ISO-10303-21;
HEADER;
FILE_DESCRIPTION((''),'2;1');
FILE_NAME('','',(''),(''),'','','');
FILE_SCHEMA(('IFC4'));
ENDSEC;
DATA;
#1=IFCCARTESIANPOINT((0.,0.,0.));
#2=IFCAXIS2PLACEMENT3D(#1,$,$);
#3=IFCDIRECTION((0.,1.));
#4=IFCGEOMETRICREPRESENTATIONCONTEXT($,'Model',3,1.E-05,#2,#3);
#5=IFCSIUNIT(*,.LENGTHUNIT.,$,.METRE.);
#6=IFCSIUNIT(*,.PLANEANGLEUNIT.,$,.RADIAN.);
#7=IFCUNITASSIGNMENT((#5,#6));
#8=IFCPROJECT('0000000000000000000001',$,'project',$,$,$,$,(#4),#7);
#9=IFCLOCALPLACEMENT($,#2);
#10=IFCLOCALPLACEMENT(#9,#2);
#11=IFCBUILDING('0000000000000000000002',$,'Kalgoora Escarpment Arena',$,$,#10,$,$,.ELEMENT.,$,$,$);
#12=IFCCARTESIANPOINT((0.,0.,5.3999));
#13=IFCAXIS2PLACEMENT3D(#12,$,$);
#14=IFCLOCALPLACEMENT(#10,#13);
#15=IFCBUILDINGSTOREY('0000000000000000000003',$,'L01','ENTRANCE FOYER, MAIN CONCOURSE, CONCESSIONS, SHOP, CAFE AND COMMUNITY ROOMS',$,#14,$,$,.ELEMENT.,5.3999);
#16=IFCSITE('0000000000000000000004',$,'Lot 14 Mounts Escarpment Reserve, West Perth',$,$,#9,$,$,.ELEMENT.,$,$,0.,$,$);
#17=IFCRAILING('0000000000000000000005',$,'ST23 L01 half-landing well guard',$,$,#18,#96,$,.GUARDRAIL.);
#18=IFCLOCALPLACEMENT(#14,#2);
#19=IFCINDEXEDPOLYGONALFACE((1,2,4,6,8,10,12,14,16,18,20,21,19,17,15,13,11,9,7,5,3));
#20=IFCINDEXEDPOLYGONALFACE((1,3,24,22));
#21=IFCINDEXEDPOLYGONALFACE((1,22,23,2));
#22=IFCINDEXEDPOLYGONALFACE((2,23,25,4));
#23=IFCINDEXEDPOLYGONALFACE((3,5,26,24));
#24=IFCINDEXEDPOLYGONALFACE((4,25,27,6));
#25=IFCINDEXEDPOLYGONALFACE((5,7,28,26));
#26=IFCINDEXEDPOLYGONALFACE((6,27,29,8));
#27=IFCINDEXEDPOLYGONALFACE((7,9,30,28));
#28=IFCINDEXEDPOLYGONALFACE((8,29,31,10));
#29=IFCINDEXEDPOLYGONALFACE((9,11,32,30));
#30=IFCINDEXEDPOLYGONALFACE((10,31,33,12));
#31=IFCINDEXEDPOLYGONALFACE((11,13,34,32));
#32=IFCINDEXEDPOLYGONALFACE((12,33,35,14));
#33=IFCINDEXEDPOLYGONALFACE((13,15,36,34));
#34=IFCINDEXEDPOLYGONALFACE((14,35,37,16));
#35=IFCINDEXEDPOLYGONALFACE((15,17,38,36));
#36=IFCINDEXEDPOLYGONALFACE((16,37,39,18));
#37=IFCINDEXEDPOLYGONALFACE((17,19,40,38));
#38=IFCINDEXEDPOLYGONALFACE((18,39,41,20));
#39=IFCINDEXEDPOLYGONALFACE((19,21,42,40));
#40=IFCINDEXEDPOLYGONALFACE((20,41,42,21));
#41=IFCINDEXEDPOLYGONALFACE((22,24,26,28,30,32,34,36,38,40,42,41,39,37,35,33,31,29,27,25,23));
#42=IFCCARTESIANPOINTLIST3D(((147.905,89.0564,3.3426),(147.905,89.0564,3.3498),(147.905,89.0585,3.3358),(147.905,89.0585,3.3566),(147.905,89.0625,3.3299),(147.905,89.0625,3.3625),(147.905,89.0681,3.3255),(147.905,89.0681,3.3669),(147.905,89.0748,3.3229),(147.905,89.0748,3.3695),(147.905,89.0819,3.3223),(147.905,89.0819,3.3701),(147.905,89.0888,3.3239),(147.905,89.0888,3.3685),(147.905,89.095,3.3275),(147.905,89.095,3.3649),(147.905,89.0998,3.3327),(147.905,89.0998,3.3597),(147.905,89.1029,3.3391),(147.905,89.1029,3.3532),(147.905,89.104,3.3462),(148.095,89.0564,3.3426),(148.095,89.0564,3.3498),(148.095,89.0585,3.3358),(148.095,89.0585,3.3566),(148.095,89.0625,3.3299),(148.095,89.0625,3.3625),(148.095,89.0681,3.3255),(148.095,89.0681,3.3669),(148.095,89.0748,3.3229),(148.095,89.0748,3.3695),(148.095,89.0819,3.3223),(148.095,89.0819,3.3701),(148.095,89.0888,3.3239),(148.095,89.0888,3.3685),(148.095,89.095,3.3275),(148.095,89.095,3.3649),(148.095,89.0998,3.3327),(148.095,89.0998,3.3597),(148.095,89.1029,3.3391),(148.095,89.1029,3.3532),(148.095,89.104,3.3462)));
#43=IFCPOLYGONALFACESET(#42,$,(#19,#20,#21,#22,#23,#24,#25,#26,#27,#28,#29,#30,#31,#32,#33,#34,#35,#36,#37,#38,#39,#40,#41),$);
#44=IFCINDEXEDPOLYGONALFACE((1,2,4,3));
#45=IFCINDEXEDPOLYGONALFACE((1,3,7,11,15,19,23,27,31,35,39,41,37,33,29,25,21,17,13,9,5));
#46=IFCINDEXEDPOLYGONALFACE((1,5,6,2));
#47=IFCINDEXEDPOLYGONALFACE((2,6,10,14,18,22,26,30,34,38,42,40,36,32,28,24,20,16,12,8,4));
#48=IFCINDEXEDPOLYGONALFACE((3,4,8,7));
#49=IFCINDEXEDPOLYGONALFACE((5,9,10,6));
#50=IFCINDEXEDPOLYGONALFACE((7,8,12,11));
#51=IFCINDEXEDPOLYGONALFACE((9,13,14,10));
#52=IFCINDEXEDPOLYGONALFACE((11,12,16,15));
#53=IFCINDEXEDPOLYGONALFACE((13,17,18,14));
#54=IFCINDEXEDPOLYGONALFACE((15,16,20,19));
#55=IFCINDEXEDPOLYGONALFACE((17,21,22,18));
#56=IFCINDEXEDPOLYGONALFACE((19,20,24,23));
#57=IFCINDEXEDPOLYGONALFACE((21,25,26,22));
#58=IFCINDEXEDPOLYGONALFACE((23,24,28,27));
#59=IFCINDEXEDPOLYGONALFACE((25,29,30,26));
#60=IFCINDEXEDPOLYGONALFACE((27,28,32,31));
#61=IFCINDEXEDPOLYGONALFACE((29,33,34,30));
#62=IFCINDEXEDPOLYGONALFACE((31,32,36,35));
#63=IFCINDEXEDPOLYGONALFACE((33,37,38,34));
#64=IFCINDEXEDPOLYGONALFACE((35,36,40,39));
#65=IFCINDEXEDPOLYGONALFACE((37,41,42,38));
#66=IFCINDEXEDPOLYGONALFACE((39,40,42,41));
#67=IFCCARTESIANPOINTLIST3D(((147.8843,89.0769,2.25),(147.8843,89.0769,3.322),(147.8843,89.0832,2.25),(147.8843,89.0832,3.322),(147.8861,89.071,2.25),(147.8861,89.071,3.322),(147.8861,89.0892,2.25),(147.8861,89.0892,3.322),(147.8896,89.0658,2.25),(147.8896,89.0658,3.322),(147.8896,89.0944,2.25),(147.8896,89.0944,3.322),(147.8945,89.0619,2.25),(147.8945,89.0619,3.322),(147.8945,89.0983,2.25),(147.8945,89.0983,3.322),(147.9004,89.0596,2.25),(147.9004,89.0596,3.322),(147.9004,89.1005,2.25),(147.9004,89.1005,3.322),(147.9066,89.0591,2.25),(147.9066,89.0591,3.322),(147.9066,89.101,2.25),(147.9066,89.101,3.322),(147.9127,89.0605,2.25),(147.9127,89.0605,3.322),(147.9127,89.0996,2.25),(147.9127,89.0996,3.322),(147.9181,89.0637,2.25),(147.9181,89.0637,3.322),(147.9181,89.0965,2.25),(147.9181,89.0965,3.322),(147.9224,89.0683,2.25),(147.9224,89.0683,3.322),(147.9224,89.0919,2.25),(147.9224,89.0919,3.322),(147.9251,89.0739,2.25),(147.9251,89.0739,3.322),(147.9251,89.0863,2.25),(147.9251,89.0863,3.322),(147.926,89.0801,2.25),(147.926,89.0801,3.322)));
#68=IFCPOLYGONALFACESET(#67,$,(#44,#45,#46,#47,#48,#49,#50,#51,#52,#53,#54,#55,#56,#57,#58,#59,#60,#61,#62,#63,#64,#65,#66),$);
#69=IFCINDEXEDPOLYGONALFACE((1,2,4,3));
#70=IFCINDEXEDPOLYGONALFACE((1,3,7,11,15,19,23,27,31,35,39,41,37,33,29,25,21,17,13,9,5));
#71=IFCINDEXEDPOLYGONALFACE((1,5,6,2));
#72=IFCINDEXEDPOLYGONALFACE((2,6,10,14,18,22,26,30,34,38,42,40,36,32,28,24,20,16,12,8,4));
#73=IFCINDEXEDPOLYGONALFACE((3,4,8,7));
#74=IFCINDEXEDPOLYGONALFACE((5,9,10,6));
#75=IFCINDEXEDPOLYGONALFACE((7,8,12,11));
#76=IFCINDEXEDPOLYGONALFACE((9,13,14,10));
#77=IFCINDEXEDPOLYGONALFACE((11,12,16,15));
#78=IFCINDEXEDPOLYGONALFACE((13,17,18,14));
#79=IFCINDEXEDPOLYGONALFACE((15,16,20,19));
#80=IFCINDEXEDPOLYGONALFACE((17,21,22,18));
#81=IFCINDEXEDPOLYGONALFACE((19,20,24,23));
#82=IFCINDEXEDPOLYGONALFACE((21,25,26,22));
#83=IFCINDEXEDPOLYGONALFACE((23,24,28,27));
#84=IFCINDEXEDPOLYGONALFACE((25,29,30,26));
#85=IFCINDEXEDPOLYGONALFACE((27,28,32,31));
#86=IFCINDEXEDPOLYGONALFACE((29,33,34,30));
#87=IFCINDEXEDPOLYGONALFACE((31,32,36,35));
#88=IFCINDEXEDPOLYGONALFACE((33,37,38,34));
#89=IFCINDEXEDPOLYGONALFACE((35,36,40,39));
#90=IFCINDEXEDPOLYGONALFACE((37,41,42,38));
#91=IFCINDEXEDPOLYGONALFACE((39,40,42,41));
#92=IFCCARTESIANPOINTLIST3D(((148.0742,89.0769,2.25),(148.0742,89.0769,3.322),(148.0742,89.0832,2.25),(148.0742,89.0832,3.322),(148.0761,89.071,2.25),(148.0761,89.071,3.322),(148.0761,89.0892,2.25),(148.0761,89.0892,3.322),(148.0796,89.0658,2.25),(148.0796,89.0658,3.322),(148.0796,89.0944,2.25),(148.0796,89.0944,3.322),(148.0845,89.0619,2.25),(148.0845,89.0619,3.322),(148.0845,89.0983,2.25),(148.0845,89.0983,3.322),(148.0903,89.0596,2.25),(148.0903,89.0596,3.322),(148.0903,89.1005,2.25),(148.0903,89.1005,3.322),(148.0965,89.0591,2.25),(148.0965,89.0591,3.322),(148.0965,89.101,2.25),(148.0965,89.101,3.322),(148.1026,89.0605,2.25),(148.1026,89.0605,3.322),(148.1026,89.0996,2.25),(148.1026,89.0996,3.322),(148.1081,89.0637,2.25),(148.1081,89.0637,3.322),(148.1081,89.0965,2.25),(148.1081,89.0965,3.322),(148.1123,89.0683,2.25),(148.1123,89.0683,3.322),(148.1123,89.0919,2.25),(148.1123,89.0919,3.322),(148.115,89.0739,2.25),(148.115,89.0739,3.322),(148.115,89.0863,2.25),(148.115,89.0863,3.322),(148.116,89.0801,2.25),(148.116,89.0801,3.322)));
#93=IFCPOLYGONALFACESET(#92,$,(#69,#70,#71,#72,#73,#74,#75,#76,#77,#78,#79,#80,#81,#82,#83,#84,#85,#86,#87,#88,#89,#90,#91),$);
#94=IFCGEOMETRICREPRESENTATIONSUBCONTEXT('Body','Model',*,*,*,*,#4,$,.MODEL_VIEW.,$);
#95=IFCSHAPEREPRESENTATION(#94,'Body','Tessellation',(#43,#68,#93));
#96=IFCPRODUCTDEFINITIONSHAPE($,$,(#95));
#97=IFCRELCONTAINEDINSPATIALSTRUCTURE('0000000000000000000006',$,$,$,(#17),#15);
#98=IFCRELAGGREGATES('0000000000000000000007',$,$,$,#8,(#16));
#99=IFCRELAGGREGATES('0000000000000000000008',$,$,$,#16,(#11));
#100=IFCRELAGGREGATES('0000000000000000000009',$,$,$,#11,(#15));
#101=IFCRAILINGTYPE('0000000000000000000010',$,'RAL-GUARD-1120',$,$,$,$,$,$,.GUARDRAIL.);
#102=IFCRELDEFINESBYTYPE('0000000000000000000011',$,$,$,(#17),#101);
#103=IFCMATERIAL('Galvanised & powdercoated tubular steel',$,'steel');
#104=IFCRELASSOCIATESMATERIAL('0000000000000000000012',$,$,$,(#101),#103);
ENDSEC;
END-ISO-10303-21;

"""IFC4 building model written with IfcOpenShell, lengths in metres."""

from ifc_helpers import new_model, si_unit, direction, frame, origin, origin_2d, place, context, subcontext, project, spatial, circle, extrude, material, type_object, element, save


model = new_model("IFC4")

# Units and contexts
model_context = context("Model", 3, precision=1e-05, world=origin(), true_north=direction((0.0, 1.0)))
body_context = subcontext(model_context, "Body", "Model", "MODEL_VIEW")
ifc_project = project(units=[si_unit("LENGTHUNIT", "METRE"), si_unit("PLANEANGLEUNIT", "RADIAN")], contexts=[model_context])

# Site, building, storey
site_placement = place(None, origin())
site = spatial("IfcSite", under=ifc_project, at=site_placement, Name="Lot 14 Mounts Escarpment Reserve, West Perth", CompositionType="ELEMENT", RefElevation=0.0)
building_placement = place(site_placement, origin())
building = spatial("IfcBuilding", under=site, at=building_placement, Name="Kalgoora Escarpment Arena", CompositionType="ELEMENT")
storey_placement = place(building_placement, frame((0.0, 0.0, 5.3999)))
storey = spatial("IfcBuildingStorey", under=building, at=storey_placement, Name="L01", Description="ENTRANCE FOYER, MAIN CONCOURSE, CONCESSIONS, SHOP, CAFE AND COMMUNITY ROOMS", CompositionType="ELEMENT", Elevation=5.3999)

# Railing
ifc_material_1 = material(Name="Galvanised & powdercoated tubular steel", Category="steel")
railing_type_1 = type_object("IfcRailingType", Name="RAL-GUARD-1120", PredefinedType="GUARDRAIL", material=ifc_material_1)
railing_1_placement = place(storey_placement, frame((147.905, 89.0801, 2.25)))
element("IfcRailing", 1, at=railing_1_placement, inside=storey, type_object=railing_type_1, Name="ST23 L01 half-landing well guard", PredefinedType="GUARDRAIL", context=body_context, shape_type="SweptSolid", body=[
    extrude(circle(Radius=0.0239, at=origin_2d()), frame((0.0, 0.0, 1.0962), z_axis=(1.0, 0.0, 0.0), x_axis=(0.0, 1.0, 0.0)), (0.0, 0.0, 1.0), 0.1899),
    extrude(circle(Radius=0.021, at=origin_2d()), origin(), (0.0, 0.0, 1.0), 1.072),
    extrude(circle(Radius=0.021, at=origin_2d()), frame((0.1899, 0.0, 0.0)), (0.0, 0.0, 1.0), 1.072),
])

save(model, "model.ifc")
